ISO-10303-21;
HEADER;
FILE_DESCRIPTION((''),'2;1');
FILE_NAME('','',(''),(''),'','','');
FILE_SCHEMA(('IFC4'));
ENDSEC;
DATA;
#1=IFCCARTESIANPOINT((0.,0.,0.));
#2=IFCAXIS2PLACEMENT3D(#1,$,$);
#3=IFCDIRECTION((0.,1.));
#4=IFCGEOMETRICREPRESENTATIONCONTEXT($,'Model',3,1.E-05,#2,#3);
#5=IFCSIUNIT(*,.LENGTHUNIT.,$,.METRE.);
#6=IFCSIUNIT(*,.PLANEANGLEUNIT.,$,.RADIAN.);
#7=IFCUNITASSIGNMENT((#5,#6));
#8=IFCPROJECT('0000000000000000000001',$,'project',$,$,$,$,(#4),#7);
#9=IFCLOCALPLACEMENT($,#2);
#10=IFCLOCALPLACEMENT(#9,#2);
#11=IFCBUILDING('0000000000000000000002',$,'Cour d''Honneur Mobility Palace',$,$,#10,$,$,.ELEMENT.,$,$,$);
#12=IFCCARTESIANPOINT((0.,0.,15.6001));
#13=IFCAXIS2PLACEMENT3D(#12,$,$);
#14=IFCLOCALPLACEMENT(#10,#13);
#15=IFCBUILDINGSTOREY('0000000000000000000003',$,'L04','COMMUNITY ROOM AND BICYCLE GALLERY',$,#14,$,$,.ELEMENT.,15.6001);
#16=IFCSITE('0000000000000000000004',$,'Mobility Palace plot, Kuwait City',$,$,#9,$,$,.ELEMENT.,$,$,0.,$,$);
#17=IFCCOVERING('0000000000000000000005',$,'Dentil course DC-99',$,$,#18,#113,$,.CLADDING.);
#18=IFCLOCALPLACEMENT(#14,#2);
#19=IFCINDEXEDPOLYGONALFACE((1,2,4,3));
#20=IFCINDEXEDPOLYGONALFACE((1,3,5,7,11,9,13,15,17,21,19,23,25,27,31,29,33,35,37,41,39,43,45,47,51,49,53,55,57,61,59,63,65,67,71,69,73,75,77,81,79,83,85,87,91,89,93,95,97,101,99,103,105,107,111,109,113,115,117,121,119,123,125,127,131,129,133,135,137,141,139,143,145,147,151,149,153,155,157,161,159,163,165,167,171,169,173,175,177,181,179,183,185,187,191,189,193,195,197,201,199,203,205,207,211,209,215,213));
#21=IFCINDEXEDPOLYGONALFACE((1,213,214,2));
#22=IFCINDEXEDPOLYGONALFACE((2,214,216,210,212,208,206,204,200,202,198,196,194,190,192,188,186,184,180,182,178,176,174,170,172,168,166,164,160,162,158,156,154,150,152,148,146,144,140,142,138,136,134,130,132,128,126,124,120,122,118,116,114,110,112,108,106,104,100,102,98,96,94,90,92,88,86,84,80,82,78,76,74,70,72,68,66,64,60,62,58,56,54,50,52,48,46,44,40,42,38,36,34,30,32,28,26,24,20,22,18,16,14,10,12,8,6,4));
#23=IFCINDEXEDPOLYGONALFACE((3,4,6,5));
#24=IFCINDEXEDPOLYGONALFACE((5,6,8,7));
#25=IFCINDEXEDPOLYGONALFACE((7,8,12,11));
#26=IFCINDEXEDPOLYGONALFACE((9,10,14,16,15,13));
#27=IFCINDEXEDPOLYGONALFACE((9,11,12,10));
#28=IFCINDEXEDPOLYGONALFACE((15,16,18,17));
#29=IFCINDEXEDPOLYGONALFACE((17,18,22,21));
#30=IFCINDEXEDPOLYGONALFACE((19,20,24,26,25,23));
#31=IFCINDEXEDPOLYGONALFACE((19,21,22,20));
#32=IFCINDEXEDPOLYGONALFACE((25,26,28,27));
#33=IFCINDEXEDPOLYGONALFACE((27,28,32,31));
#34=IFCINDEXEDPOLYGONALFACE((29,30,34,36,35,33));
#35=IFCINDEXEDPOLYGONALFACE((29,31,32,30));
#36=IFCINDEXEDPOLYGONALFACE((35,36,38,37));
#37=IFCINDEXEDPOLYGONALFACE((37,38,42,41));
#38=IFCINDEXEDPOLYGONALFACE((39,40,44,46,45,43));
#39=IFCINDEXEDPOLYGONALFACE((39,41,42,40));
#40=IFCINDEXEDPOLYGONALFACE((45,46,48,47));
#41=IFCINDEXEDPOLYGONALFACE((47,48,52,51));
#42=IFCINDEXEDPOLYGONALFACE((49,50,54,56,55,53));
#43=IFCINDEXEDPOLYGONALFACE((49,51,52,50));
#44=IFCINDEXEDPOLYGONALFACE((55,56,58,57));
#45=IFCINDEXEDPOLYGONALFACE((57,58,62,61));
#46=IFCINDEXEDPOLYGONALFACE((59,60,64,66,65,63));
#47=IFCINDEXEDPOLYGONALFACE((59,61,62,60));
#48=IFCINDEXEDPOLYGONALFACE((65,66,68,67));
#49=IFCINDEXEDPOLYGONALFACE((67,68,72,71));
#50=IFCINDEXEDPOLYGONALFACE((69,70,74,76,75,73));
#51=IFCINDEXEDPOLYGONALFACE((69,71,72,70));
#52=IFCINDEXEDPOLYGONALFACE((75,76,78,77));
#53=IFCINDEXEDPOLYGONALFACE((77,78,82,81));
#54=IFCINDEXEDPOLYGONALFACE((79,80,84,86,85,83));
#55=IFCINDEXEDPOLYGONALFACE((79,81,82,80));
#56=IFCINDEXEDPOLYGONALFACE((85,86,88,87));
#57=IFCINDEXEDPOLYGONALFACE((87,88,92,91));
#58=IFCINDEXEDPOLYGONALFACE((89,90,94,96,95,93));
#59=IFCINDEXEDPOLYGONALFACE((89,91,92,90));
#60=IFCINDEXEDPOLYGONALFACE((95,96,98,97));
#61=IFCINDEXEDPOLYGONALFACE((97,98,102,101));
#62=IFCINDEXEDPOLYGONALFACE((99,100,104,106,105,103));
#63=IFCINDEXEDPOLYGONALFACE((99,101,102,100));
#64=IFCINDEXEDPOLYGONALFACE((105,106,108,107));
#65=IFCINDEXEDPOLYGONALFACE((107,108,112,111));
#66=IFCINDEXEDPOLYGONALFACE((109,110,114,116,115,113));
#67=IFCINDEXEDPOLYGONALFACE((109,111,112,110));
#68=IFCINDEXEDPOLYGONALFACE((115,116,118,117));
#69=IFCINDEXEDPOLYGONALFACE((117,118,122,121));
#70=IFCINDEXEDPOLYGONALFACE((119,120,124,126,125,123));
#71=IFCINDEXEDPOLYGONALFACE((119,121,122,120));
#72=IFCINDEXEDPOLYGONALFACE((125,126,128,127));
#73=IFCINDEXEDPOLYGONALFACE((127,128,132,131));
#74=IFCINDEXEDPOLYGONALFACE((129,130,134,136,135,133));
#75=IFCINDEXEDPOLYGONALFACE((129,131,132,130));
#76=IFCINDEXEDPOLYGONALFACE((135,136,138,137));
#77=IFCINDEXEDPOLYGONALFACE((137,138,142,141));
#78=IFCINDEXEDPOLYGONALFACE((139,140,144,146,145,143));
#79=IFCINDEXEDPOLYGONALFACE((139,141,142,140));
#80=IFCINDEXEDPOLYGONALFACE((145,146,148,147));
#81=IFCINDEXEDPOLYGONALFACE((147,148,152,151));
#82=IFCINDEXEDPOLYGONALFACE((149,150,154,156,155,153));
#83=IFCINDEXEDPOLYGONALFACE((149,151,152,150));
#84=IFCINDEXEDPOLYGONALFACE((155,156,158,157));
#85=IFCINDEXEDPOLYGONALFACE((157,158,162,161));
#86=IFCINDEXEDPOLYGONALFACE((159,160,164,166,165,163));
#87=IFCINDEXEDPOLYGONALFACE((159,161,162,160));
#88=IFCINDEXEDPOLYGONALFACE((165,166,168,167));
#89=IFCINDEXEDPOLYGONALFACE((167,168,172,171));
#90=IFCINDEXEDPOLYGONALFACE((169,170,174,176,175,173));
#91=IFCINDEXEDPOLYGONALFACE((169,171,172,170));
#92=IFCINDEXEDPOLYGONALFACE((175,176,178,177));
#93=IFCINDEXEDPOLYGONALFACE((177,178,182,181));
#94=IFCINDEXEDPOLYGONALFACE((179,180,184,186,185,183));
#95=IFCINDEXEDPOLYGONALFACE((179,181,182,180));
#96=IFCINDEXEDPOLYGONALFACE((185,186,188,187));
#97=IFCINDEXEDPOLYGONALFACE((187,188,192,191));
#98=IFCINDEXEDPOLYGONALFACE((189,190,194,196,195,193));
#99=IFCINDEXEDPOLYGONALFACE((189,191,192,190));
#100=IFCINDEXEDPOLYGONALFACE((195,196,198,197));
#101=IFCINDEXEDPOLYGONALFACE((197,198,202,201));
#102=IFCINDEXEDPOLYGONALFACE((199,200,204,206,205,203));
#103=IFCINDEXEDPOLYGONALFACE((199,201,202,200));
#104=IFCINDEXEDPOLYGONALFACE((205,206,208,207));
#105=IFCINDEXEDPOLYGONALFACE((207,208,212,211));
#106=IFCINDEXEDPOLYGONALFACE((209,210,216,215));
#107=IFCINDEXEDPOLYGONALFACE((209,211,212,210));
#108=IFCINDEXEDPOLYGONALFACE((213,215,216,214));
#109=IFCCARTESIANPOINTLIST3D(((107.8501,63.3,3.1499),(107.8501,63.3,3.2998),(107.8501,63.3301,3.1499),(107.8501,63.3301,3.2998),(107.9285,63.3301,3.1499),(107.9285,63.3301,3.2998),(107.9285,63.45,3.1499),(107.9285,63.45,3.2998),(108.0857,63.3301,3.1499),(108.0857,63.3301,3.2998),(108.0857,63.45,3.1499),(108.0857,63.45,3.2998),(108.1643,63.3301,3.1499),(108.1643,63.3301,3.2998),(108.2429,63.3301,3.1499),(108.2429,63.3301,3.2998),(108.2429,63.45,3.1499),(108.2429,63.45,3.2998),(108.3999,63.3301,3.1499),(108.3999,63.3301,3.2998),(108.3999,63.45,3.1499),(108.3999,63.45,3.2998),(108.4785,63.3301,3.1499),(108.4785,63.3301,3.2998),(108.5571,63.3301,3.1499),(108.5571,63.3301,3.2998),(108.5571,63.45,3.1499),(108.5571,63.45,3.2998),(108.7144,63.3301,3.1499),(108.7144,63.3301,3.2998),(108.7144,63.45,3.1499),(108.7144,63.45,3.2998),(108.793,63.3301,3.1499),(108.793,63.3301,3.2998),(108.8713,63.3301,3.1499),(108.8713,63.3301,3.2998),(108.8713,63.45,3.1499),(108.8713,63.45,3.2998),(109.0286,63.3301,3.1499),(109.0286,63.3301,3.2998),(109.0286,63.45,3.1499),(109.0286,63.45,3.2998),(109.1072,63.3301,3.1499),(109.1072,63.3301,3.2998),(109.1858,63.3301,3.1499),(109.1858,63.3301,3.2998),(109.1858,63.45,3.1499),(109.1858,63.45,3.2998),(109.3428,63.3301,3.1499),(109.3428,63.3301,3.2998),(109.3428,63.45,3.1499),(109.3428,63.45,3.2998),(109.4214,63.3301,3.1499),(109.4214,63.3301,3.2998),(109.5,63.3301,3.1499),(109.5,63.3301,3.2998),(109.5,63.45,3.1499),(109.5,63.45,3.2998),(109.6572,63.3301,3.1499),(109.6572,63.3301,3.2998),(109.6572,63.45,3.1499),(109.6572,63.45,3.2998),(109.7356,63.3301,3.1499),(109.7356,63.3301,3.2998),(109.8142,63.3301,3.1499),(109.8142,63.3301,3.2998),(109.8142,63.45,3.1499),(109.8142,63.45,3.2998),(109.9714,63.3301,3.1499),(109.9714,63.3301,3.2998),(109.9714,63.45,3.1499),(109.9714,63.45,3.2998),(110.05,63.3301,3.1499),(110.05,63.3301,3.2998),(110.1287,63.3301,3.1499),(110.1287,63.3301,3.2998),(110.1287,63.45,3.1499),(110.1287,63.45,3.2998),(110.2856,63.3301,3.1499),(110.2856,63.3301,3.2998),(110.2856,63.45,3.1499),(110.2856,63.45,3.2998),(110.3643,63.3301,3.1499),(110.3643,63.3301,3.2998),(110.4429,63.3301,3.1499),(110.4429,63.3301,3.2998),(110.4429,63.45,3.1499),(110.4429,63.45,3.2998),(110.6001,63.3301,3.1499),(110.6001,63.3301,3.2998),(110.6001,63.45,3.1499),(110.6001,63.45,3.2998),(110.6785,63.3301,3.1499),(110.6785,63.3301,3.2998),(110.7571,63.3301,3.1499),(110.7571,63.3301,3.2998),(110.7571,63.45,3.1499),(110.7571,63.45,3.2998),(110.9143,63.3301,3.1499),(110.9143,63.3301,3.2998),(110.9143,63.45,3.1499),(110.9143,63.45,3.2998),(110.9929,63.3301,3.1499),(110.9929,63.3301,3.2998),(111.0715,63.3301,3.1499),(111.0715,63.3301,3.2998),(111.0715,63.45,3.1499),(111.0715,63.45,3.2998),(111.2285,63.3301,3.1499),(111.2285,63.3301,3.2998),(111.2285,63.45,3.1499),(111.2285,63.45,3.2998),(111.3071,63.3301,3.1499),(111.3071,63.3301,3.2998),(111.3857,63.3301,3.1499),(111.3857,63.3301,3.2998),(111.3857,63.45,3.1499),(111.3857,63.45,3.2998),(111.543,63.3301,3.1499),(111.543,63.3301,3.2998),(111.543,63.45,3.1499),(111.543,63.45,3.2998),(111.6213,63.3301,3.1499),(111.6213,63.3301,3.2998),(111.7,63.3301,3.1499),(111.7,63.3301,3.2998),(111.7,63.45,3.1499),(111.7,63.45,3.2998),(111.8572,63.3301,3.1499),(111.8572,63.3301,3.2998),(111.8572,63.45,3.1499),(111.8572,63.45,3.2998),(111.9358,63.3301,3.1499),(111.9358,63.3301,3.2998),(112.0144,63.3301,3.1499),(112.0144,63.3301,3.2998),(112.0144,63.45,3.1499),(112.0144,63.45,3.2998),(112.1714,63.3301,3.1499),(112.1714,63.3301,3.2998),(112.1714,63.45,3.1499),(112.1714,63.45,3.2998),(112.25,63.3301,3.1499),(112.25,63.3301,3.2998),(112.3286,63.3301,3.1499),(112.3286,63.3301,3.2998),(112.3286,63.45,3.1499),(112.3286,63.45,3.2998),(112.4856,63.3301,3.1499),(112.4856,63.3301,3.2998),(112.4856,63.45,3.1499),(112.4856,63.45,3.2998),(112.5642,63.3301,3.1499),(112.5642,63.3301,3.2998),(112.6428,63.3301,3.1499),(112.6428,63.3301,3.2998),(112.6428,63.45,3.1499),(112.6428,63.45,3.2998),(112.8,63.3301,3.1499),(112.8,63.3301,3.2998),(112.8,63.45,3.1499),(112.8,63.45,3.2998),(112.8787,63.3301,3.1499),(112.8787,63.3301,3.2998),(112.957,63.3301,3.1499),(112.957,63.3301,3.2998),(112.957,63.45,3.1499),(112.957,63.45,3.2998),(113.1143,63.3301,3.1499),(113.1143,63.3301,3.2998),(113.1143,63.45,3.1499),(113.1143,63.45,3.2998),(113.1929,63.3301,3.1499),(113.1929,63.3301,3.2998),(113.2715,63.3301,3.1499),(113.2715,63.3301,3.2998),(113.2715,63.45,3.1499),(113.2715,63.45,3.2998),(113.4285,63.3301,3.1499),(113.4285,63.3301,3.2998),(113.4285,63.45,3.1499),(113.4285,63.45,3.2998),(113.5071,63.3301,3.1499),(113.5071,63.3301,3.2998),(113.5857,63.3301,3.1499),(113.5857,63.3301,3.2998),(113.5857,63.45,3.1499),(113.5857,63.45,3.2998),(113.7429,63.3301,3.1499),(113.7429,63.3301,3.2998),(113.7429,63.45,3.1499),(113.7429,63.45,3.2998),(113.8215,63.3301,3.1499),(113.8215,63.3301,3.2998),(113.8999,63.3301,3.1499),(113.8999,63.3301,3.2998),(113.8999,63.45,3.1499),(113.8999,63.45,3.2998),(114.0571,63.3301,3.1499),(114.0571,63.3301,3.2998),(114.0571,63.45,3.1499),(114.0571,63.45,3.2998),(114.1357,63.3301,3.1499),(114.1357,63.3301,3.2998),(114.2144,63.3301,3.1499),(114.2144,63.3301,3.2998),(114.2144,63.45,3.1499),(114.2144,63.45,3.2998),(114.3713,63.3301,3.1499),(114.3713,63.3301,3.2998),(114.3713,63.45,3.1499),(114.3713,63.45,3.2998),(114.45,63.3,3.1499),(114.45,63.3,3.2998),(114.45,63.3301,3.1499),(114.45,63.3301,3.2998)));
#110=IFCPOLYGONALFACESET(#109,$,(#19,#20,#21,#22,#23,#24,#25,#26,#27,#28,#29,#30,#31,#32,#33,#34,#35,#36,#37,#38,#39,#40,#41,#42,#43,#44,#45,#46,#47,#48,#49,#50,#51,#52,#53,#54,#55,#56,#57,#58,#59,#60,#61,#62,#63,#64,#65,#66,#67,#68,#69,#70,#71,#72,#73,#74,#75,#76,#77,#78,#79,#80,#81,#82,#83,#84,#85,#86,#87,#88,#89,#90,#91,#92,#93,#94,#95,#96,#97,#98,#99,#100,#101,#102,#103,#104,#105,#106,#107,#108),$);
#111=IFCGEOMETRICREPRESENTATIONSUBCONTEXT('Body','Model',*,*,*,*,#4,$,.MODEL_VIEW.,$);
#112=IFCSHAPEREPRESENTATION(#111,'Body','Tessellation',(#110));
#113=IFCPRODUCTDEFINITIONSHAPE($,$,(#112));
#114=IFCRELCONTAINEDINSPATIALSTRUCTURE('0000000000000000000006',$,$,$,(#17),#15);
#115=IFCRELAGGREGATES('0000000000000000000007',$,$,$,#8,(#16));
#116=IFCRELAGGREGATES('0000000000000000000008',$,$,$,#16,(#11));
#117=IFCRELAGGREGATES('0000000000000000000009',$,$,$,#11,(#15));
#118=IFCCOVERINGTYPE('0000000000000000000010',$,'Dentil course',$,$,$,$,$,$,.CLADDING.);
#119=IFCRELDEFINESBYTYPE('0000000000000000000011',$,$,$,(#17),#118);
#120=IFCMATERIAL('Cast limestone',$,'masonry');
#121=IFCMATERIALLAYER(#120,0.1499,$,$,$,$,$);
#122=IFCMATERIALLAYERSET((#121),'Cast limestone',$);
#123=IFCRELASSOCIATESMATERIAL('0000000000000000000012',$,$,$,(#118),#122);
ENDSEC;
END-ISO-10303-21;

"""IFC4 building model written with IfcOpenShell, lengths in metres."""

from ifc_helpers import new_model, si_unit, direction, frame, origin, place, context, subcontext, project, spatial, polyline, outline, extrude, material, layer, layer_set, type_object, element, save


model = new_model("IFC4")

# Units and contexts
model_context = context("Model", 3, precision=1e-05, world=origin(), true_north=direction((0.0, 1.0)))
body_context = subcontext(model_context, "Body", "Model", "MODEL_VIEW")
ifc_project = project(units=[si_unit("LENGTHUNIT", "METRE"), si_unit("PLANEANGLEUNIT", "RADIAN")], contexts=[model_context])

# Site, building, storey
site_placement = place(None, origin())
site = spatial("IfcSite", under=ifc_project, at=site_placement, Name="Mobility Palace plot, Kuwait City", CompositionType="ELEMENT", RefElevation=0.0)
building_placement = place(site_placement, origin())
building = spatial("IfcBuilding", under=site, at=building_placement, Name="Cour d'Honneur Mobility Palace", CompositionType="ELEMENT")
storey_placement = place(building_placement, frame((0.0, 0.0, 15.6001)))
storey = spatial("IfcBuildingStorey", under=building, at=storey_placement, Name="L04", Description="COMMUNITY ROOM AND BICYCLE GALLERY", CompositionType="ELEMENT", Elevation=15.6001)

# Covering
ifc_material = material(Name="Cast limestone", Category="masonry")
ifc_layer = layer(ifc_material, 0.1499)
ifc_layer_set = layer_set([ifc_layer], Name="Cast limestone")
covering_type = type_object("IfcCoveringType", Name="Dentil course", PredefinedType="CLADDING", material=ifc_layer_set)
covering_1_placement = place(storey_placement, frame((0.0, 0.0, 3.1499)))
element("IfcCovering", 1, at=covering_1_placement, inside=storey, type_object=covering_type, Name="Dentil course DC-99", PredefinedType="CLADDING", context=body_context, shape_type="SweptSolid", body=[
    extrude(outline(polyline([(114.45, 63.3), (107.8501, 63.3), (107.8501, 63.3301), (107.8501, 63.3301), (107.9285, 63.3301), (107.9285, 63.45), (108.0857, 63.45), (108.0857, 63.3301), (108.1643, 63.3301), (108.1643, 63.3301), (108.2429, 63.3301), (108.2429, 63.45), (108.3999, 63.45), (108.3999, 63.3301), (108.4785, 63.3301), (108.4785, 63.3301), (108.5571, 63.3301), (108.5571, 63.45), (108.7144, 63.45), (108.7144, 63.3301), (108.793, 63.3301), (108.793, 63.3301), (108.8713, 63.3301), (108.8713, 63.45), (109.0286, 63.45), (109.0286, 63.3301), (109.1072, 63.3301), (109.1072, 63.3301), (109.1858, 63.3301), (109.1858, 63.45), (109.3428, 63.45), (109.3428, 63.3301), (109.4214, 63.3301), (109.4214, 63.3301), (109.5, 63.3301), (109.5, 63.45), (109.6572, 63.45), (109.6572, 63.3301), (109.7356, 63.3301), (109.7356, 63.3301), (109.8142, 63.3301), (109.8142, 63.45), (109.9714, 63.45), (109.9714, 63.3301), (110.05, 63.3301), (110.05, 63.3301), (110.1287, 63.3301), (110.1287, 63.45), (110.2856, 63.45), (110.2856, 63.3301), (110.3643, 63.3301), (110.3643, 63.3301), (110.4429, 63.3301), (110.4429, 63.45), (110.6001, 63.45), (110.6001, 63.3301), (110.6785, 63.3301), (110.6785, 63.3301), (110.7571, 63.3301), (110.7571, 63.45), (110.9143, 63.45), (110.9143, 63.3301), (110.9929, 63.3301), (110.9929, 63.3301), (111.0715, 63.3301), (111.0715, 63.45), (111.2285, 63.45), (111.2285, 63.3301), (111.3071, 63.3301), (111.3071, 63.3301), (111.3857, 63.3301), (111.3857, 63.45), (111.543, 63.45), (111.543, 63.3301), (111.6213, 63.3301), (111.6213, 63.3301), (111.7, 63.3301), (111.7, 63.45), (111.8572, 63.45), (111.8572, 63.3301), (111.9358, 63.3301), (111.9358, 63.3301), (112.0144, 63.3301), (112.0144, 63.45), (112.1714, 63.45), (112.1714, 63.3301), (112.25, 63.3301), (112.25, 63.3301), (112.3286, 63.3301), (112.3286, 63.45), (112.4856, 63.45), (112.4856, 63.3301), (112.5642, 63.3301), (112.5642, 63.3301), (112.6428, 63.3301), (112.6428, 63.45), (112.8, 63.45), (112.8, 63.3301), (112.8787, 63.3301), (112.8787, 63.3301), (112.957, 63.3301), (112.957, 63.45), (113.1143, 63.45), (113.1143, 63.3301), (113.1929, 63.3301), (113.1929, 63.3301), (113.2715, 63.3301), (113.2715, 63.45), (113.4285, 63.45), (113.4285, 63.3301), (113.5071, 63.3301), (113.5071, 63.3301), (113.5857, 63.3301), (113.5857, 63.45), (113.7429, 63.45), (113.7429, 63.3301), (113.8215, 63.3301), (113.8215, 63.3301), (113.8999, 63.3301), (113.8999, 63.45), (114.0571, 63.45), (114.0571, 63.3301), (114.1357, 63.3301), (114.1357, 63.3301), (114.2144, 63.3301), (114.2144, 63.45), (114.3713, 63.45), (114.3713, 63.3301), (114.45, 63.3301), (114.45, 63.3)])), origin(), (0.0, 0.0, 1.0), 0.1499),
])

save(model, "model.ifc")
